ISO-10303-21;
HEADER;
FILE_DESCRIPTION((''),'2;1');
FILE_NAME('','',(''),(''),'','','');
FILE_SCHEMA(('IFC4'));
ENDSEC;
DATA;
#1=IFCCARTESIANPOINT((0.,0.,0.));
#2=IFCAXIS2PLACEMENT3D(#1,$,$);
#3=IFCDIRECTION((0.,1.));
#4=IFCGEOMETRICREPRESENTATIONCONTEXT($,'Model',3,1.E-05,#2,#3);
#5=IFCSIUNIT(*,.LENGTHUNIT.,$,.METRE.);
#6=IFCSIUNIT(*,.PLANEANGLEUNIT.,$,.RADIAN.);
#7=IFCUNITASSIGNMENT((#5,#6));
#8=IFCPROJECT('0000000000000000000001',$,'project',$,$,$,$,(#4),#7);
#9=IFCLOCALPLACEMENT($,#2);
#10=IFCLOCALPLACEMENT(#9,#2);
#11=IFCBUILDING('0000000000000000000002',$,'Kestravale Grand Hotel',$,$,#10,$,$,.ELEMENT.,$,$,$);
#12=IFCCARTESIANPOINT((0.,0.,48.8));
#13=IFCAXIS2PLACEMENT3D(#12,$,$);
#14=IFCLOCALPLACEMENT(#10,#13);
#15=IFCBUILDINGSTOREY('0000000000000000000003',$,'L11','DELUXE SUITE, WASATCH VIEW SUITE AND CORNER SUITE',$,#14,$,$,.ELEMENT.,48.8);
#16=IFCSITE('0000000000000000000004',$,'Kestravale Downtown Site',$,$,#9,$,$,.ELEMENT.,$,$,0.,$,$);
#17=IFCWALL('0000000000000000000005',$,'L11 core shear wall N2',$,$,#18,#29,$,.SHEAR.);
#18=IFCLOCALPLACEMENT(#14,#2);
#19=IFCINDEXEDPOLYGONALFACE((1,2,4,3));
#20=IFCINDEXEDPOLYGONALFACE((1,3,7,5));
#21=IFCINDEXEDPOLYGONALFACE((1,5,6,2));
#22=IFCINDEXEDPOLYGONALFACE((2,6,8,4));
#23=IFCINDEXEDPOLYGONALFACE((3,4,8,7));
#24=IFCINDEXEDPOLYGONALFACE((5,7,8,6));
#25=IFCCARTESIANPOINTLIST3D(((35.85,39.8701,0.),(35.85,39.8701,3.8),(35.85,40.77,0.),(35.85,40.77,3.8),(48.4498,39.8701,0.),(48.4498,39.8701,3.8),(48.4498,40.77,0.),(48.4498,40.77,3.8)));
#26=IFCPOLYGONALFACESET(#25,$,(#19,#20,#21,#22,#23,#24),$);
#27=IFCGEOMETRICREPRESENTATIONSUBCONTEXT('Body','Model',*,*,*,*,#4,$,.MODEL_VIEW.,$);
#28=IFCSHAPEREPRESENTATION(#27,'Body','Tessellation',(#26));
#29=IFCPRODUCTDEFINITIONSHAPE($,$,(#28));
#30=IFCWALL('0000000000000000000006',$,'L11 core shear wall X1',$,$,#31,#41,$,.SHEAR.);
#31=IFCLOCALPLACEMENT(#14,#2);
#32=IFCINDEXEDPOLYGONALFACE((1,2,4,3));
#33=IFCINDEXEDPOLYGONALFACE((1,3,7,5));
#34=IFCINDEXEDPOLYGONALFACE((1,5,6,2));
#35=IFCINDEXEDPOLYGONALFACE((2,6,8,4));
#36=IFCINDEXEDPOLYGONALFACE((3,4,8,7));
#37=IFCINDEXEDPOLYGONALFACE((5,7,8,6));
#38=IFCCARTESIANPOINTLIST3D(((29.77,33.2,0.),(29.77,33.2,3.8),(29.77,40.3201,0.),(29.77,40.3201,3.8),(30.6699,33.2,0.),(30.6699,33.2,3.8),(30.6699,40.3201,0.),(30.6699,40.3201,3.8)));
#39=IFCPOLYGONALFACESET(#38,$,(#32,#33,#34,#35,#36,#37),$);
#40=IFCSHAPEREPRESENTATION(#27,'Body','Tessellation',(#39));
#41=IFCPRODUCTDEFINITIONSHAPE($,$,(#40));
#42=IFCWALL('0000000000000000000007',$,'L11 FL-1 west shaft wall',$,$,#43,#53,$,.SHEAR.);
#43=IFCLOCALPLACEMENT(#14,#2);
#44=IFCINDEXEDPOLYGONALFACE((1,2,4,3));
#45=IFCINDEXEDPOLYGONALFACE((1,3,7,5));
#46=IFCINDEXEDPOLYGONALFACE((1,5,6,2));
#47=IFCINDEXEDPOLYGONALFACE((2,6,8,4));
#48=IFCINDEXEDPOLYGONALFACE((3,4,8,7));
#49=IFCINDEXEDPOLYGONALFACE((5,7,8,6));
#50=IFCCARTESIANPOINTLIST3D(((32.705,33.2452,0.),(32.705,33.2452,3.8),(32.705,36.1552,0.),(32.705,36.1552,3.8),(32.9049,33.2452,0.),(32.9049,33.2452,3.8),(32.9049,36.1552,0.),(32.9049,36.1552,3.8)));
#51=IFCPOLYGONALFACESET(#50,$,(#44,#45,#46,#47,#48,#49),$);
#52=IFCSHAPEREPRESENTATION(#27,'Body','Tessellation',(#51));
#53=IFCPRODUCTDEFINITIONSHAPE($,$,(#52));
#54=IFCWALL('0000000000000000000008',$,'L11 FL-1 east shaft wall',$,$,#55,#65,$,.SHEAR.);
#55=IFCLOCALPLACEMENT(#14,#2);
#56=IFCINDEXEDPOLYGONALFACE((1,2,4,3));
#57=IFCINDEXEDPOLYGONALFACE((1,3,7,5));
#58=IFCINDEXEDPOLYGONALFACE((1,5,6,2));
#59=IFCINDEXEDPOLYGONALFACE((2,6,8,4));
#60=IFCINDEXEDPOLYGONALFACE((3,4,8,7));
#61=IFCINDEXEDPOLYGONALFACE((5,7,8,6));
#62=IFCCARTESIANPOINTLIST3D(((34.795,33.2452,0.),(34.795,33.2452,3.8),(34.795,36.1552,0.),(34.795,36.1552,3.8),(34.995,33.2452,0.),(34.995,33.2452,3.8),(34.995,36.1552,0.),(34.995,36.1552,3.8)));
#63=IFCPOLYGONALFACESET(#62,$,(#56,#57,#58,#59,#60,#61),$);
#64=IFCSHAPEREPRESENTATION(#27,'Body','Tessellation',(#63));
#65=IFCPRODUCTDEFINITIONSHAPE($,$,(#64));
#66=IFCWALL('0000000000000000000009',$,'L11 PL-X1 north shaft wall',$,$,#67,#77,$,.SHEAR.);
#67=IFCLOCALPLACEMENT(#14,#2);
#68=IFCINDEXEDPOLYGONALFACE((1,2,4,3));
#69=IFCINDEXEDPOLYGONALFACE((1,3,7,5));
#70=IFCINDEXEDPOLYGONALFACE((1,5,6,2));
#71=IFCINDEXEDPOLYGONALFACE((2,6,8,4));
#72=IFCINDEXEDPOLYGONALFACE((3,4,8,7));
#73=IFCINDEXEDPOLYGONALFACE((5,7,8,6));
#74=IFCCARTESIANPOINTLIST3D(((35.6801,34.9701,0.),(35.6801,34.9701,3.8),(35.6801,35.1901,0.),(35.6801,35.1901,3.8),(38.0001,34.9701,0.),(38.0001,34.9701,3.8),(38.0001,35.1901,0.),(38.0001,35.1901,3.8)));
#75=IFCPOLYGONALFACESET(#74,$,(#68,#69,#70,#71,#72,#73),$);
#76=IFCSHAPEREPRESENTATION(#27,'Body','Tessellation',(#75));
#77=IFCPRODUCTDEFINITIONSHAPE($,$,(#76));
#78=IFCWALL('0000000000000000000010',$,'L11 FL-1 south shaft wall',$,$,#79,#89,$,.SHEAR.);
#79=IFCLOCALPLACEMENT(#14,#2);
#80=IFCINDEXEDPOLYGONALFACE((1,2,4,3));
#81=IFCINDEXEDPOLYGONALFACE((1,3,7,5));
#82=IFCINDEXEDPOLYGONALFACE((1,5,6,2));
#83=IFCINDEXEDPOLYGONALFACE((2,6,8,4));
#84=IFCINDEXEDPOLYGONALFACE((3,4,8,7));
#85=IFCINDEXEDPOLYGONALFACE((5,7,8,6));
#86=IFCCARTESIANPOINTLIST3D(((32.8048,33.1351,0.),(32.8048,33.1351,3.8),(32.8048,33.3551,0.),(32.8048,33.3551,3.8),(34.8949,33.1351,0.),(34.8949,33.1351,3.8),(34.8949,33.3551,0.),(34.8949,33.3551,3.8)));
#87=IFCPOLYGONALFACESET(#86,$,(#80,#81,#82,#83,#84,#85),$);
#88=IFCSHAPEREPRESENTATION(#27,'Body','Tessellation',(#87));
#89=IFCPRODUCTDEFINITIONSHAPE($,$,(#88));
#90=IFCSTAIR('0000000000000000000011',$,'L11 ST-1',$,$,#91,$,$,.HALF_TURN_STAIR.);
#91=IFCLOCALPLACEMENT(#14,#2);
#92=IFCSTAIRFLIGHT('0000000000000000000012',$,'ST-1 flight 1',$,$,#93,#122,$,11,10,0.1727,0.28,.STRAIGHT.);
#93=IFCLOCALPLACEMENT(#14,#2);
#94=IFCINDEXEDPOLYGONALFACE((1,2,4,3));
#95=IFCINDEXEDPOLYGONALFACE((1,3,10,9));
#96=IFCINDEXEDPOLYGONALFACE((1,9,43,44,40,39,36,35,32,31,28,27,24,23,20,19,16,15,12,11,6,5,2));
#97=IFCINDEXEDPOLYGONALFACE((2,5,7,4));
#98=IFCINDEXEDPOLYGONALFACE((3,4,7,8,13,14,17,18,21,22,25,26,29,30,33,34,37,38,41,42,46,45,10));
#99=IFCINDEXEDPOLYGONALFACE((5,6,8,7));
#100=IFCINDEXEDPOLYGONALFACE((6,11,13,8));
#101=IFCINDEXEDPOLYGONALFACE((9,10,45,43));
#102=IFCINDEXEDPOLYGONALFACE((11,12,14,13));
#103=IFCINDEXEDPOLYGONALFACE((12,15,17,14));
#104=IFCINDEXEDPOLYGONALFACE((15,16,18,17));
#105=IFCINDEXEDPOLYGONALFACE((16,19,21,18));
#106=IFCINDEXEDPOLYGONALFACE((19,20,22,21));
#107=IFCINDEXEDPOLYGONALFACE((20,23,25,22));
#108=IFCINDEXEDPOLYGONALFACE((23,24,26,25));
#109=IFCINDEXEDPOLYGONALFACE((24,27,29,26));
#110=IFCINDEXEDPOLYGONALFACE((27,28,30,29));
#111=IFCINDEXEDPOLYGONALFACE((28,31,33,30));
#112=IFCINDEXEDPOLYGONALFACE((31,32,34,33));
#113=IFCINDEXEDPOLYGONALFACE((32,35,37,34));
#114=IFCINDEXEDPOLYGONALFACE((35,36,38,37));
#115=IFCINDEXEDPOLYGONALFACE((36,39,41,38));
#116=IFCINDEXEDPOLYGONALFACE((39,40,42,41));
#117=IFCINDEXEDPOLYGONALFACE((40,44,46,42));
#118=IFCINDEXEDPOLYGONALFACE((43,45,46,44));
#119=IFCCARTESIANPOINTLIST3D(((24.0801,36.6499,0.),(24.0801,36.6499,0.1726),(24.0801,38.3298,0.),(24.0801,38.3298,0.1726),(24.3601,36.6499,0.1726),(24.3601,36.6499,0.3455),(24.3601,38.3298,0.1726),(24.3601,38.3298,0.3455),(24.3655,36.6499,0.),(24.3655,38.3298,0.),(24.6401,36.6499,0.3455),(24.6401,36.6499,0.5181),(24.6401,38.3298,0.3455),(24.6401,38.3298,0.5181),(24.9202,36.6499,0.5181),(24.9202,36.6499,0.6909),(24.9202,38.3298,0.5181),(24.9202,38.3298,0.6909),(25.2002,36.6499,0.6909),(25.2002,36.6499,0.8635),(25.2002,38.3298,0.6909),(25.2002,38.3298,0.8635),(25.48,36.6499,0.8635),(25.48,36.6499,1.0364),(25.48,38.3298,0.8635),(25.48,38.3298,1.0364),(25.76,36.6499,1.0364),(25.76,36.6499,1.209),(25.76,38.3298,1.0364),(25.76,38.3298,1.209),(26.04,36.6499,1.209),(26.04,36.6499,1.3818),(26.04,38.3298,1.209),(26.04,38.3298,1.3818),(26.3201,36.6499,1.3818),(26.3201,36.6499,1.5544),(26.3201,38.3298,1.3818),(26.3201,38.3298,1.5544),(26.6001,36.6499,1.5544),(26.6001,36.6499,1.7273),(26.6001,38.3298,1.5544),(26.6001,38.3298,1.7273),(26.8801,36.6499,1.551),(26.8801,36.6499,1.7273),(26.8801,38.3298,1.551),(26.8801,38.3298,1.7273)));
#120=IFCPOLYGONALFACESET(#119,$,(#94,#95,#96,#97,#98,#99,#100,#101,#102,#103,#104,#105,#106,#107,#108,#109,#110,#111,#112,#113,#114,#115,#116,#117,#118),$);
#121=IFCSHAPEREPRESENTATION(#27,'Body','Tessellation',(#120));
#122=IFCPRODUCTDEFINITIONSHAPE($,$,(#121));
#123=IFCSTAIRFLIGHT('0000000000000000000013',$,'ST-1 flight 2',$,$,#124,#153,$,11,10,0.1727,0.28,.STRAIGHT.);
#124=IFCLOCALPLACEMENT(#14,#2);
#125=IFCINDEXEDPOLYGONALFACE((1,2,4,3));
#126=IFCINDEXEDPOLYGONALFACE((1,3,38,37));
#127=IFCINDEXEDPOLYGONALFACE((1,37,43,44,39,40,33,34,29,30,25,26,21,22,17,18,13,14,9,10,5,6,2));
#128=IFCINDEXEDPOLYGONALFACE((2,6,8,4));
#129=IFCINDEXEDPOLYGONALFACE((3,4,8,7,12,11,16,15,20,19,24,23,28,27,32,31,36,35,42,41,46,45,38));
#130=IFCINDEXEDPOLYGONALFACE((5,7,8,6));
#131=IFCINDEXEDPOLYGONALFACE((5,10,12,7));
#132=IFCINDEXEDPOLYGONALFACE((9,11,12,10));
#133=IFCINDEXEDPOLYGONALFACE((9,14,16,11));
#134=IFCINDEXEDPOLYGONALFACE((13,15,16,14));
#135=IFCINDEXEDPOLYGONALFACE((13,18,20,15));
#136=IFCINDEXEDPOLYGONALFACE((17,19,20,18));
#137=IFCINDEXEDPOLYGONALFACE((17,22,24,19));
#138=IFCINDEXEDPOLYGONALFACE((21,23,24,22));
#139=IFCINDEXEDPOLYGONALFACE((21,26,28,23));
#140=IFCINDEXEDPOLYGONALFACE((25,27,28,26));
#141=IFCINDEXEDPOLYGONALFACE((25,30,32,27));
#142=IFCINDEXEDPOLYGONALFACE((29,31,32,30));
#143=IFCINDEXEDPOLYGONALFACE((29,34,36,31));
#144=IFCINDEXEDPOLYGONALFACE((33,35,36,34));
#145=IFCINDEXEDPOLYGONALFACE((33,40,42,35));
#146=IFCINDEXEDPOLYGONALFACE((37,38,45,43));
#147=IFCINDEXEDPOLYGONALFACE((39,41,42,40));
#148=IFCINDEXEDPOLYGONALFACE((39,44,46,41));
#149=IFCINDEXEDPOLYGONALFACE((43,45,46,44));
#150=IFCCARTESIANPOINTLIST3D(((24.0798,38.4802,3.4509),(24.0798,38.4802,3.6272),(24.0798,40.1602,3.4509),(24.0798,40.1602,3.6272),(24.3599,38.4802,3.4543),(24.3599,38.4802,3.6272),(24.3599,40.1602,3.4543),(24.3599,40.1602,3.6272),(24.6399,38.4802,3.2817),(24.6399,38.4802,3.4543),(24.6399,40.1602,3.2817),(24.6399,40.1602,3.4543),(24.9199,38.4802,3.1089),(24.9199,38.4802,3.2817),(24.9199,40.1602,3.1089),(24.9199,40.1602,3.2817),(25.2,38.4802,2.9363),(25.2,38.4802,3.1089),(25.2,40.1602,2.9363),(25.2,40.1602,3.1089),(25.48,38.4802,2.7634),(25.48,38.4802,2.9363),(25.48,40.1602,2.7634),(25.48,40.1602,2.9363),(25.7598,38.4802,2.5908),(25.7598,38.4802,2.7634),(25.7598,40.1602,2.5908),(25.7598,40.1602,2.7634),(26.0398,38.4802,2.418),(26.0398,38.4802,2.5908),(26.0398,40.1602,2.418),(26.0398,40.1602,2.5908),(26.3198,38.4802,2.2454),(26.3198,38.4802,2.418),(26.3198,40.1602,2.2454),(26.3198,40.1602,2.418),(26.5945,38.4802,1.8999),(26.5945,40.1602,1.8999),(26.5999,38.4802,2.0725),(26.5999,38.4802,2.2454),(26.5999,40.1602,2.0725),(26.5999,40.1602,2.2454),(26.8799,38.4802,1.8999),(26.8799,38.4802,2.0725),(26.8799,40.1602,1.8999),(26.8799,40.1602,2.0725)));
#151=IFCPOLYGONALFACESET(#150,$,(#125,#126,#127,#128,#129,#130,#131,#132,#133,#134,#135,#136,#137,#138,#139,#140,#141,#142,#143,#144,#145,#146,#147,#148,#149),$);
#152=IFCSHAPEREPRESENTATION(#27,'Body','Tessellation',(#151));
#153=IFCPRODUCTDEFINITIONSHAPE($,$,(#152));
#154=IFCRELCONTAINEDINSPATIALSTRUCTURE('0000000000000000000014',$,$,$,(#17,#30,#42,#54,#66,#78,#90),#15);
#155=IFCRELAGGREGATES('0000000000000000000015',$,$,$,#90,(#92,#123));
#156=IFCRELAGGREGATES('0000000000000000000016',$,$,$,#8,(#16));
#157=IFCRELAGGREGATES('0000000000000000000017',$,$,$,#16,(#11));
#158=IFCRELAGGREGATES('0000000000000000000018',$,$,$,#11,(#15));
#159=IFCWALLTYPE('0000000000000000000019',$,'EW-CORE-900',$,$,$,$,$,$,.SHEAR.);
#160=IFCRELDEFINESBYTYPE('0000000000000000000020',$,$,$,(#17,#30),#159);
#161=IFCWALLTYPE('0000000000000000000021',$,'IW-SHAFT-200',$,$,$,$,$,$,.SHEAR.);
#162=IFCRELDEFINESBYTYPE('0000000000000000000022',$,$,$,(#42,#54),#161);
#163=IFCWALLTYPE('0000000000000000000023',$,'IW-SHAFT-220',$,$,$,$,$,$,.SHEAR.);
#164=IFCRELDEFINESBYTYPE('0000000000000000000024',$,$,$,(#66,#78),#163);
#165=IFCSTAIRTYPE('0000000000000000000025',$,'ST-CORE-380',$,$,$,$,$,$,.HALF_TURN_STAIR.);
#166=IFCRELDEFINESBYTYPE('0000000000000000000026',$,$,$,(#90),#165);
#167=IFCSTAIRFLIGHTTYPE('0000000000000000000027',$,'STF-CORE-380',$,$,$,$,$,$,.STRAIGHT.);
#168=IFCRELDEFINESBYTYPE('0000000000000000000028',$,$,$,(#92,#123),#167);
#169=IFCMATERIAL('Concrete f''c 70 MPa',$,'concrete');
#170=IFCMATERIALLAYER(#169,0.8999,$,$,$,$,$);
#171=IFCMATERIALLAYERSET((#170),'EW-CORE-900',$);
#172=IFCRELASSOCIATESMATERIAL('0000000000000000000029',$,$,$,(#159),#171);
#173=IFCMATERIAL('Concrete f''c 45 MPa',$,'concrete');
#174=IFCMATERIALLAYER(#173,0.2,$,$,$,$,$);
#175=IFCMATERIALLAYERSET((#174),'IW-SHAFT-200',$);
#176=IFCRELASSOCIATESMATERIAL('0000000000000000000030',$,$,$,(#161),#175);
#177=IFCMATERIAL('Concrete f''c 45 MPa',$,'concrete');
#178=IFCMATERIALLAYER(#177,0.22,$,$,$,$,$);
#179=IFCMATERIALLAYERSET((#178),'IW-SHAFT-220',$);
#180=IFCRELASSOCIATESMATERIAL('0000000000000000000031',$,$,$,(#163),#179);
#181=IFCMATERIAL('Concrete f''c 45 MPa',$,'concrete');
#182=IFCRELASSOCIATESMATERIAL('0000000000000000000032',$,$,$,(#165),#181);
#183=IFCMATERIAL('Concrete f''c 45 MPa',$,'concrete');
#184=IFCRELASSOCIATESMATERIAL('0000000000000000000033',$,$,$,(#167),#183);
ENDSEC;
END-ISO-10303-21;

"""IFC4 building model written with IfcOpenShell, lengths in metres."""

from ifc_helpers import new_model, si_unit, direction, frame, frame_2d, origin, place, context, subcontext, project, spatial, polyline, rectangle, outline, extrude, material, layer, layer_set, type_object, element, aggregate, save


model = new_model("IFC4")

# Units and contexts
model_context = context("Model", 3, precision=1e-05, world=origin(), true_north=direction((0.0, 1.0)))
body_context = subcontext(model_context, "Body", "Model", "MODEL_VIEW")
ifc_project = project(units=[si_unit("LENGTHUNIT", "METRE"), si_unit("PLANEANGLEUNIT", "RADIAN")], contexts=[model_context])

# Site, building, storey
site_placement = place(None, origin())
site = spatial("IfcSite", under=ifc_project, at=site_placement, Name="Kestravale Downtown Site", CompositionType="ELEMENT", RefElevation=0.0)
building_placement = place(site_placement, origin())
building = spatial("IfcBuilding", under=site, at=building_placement, Name="Kestravale Grand Hotel", CompositionType="ELEMENT")
storey_placement = place(building_placement, frame((0.0, 0.0, 48.8)))
storey = spatial("IfcBuildingStorey", under=building, at=storey_placement, Name="L11", Description="DELUXE SUITE, WASATCH VIEW SUITE AND CORNER SUITE", CompositionType="ELEMENT", Elevation=48.8)

# Walls
ifc_material_1 = material(Name="Concrete f'c 70 MPa", Category="concrete")
ifc_layer_1 = layer(ifc_material_1, 0.8999)
ifc_layer_set_1 = layer_set([ifc_layer_1], Name="EW-CORE-900")
wall_type_1 = type_object("IfcWallType", Name="EW-CORE-900", PredefinedType="SHEAR", material=ifc_layer_set_1)
wall_1_placement = place(storey_placement, frame((35.8501, 40.3201, 0.0), z_axis=(0.0, 0.0, 1.0), x_axis=(1.0, 0.0, 0.0)))
element("IfcWall", 1, at=wall_1_placement, inside=storey, type_object=wall_type_1, Name="L11 core shear wall N2", PredefinedType="SHEAR", context=body_context, shape_type="SweptSolid", body=[
    extrude(rectangle(XDim=12.5999, YDim=0.8999, at=frame_2d((6.2998, 0.0))), origin(), (0.0, 0.0, 1.0), 3.8),
])
wall_2_placement = place(storey_placement, frame((30.22, 33.2, 0.0), z_axis=(0.0, 0.0, 1.0), x_axis=(0.0, 1.0, 0.0)))
element("IfcWall", 2, at=wall_2_placement, inside=storey, type_object=wall_type_1, Name="L11 core shear wall X1", PredefinedType="SHEAR", context=body_context, shape_type="SweptSolid", body=[
    extrude(rectangle(XDim=7.1201, YDim=0.8999, at=frame_2d((3.5601, 0.0))), origin(), (0.0, 0.0, 1.0), 3.8),
])

# Walls
ifc_material_2 = material(Name="Concrete f'c 45 MPa", Category="concrete")
ifc_layer_2 = layer(ifc_material_2, 0.2)
ifc_layer_set_2 = layer_set([ifc_layer_2], Name="IW-SHAFT-200")
wall_type_2 = type_object("IfcWallType", Name="IW-SHAFT-200", PredefinedType="SHEAR", material=ifc_layer_set_2)
for number, where, z_axis, x_axis, name in (
    (3, (32.8049, 33.2451, 0.0), (0.0, 0.0, 1.0), (0.0, 1.0, 0.0), "L11 FL-1 west shaft wall"),
    (4, (34.895, 33.2451, 0.0), (0.0, 0.0, 1.0), (0.0, 1.0, 0.0), "L11 FL-1 east shaft wall"),
):
    element("IfcWall", number, at=place(storey_placement, frame(where, z_axis=z_axis, x_axis=x_axis)), inside=storey, type_object=wall_type_2, Name=name, PredefinedType="SHEAR", context=body_context, shape_type="SweptSolid", body=[
        extrude(rectangle(XDim=2.9099, YDim=0.2, at=frame_2d((1.4551, 0.0))), origin(), (0.0, 0.0, 1.0), 3.8),
    ])
ifc_material_3 = material(Name="Concrete f'c 45 MPa", Category="concrete")
ifc_layer_3 = layer(ifc_material_3, 0.22)
ifc_layer_set_3 = layer_set([ifc_layer_3], Name="IW-SHAFT-220")
wall_type_3 = type_object("IfcWallType", Name="IW-SHAFT-220", PredefinedType="SHEAR", material=ifc_layer_set_3)
wall_3_placement = place(storey_placement, frame((35.6799, 35.0801, 0.0), z_axis=(0.0, 0.0, 1.0), x_axis=(1.0, 0.0, 0.0)))
element("IfcWall", 5, at=wall_3_placement, inside=storey, type_object=wall_type_3, Name="L11 PL-X1 north shaft wall", PredefinedType="SHEAR", context=body_context, shape_type="SweptSolid", body=[
    extrude(rectangle(XDim=2.3201, YDim=0.22, at=frame_2d((1.1602, 0.0))), origin(), (0.0, 0.0, 1.0), 3.8),
])

# Wall
wall_4_placement = place(storey_placement, frame((32.8049, 33.2451, 0.0), z_axis=(0.0, 0.0, 1.0), x_axis=(1.0, 0.0, 0.0)))
element("IfcWall", 6, at=wall_4_placement, inside=storey, type_object=wall_type_3, Name="L11 FL-1 south shaft wall", PredefinedType="SHEAR", context=body_context, shape_type="SweptSolid", body=[
    extrude(rectangle(XDim=2.0901, YDim=0.22, at=frame_2d((1.0449, 0.0))), origin(), (0.0, 0.0, 1.0), 3.8),
])

# Stair, stair flights
ifc_material_4 = material(Name="Concrete f'c 45 MPa", Category="concrete")
stair_type = type_object("IfcStairType", Name="ST-CORE-380", PredefinedType="HALF_TURN_STAIR", material=ifc_material_4)
stair_placement = place(storey_placement, origin())
stair = element("IfcStair", 7, at=stair_placement, inside=storey, type_object=stair_type, Name="L11 ST-1", PredefinedType="HALF_TURN_STAIR")
ifc_material_5 = material(Name="Concrete f'c 45 MPa", Category="concrete")
stair_flight_type = type_object("IfcStairFlightType", Name="STF-CORE-380", PredefinedType="STRAIGHT", material=ifc_material_5)
stair_flight_1_placement = place(storey_placement, frame((24.0801, 37.49, 0.0), z_axis=(0.0, 0.0, 1.0), x_axis=(1.0, 0.0, 0.0)))
stair_flight_1 = element("IfcStairFlight", 8, at=stair_flight_1_placement, type_object=stair_flight_type, Name="ST-1 flight 1", NumberOfRisers=11, NumberOfTreads=10, PredefinedType="STRAIGHT", RiserHeight=0.1727, TreadLength=0.28, context=body_context, shape_type="SweptSolid", body=[
    extrude(outline(polyline([(0.0, 0.0), (0.0, 0.1726), (0.28, 0.1726), (0.28, 0.3455), (0.5601, 0.3455), (0.5601, 0.5181), (0.8401, 0.5181), (0.8401, 0.6909), (1.1201, 0.6909), (1.1201, 0.8635), (1.3999, 0.8635), (1.3999, 1.0364), (1.6799, 1.0364), (1.6799, 1.209), (1.96, 1.209), (1.96, 1.3818), (2.24, 1.3818), (2.24, 1.5544), (2.52, 1.5544), (2.52, 1.7273), (2.8, 1.7273), (2.8, 1.8999), (2.8, 1.551), (0.2854, 0.0), (0.0, 0.0)])), frame((0.0, 0.8398, 0.0), z_axis=(0.0, -1.0, 0.0), x_axis=(1.0, 0.0, 0.0)), (0.0, 0.0, 1.0), 1.6799),
])
stair_flight_2_placement = place(storey_placement, frame((26.8799, 39.3201, 1.8999), z_axis=(0.0, 0.0, 1.0), x_axis=(-1.0, 0.0, 0.0)))
stair_flight_2 = element("IfcStairFlight", 9, at=stair_flight_2_placement, type_object=stair_flight_type, Name="ST-1 flight 2", NumberOfRisers=11, NumberOfTreads=10, PredefinedType="STRAIGHT", RiserHeight=0.1727, TreadLength=0.28, context=body_context, shape_type="SweptSolid", body=[
    extrude(outline(polyline([(0.0, 0.0), (0.0, 0.1726), (0.28, 0.1726), (0.28, 0.3455), (0.5601, 0.3455), (0.5601, 0.5181), (0.8401, 0.5181), (0.8401, 0.6909), (1.1201, 0.6909), (1.1201, 0.8635), (1.3999, 0.8635), (1.3999, 1.0364), (1.6799, 1.0364), (1.6799, 1.209), (1.96, 1.209), (1.96, 1.3818), (2.24, 1.3818), (2.24, 1.5544), (2.52, 1.5544), (2.52, 1.7273), (2.8, 1.7273), (2.8, 1.8999), (2.8, 1.551), (0.2854, 0.0), (0.0, 0.0)])), frame((0.0, 0.8398, 0.0), z_axis=(0.0, -1.0, 0.0), x_axis=(1.0, 0.0, 0.0)), (0.0, 0.0, 1.0), 1.6799),
])
aggregate(stair, [stair_flight_1, stair_flight_2])

save(model, "model.ifc")
